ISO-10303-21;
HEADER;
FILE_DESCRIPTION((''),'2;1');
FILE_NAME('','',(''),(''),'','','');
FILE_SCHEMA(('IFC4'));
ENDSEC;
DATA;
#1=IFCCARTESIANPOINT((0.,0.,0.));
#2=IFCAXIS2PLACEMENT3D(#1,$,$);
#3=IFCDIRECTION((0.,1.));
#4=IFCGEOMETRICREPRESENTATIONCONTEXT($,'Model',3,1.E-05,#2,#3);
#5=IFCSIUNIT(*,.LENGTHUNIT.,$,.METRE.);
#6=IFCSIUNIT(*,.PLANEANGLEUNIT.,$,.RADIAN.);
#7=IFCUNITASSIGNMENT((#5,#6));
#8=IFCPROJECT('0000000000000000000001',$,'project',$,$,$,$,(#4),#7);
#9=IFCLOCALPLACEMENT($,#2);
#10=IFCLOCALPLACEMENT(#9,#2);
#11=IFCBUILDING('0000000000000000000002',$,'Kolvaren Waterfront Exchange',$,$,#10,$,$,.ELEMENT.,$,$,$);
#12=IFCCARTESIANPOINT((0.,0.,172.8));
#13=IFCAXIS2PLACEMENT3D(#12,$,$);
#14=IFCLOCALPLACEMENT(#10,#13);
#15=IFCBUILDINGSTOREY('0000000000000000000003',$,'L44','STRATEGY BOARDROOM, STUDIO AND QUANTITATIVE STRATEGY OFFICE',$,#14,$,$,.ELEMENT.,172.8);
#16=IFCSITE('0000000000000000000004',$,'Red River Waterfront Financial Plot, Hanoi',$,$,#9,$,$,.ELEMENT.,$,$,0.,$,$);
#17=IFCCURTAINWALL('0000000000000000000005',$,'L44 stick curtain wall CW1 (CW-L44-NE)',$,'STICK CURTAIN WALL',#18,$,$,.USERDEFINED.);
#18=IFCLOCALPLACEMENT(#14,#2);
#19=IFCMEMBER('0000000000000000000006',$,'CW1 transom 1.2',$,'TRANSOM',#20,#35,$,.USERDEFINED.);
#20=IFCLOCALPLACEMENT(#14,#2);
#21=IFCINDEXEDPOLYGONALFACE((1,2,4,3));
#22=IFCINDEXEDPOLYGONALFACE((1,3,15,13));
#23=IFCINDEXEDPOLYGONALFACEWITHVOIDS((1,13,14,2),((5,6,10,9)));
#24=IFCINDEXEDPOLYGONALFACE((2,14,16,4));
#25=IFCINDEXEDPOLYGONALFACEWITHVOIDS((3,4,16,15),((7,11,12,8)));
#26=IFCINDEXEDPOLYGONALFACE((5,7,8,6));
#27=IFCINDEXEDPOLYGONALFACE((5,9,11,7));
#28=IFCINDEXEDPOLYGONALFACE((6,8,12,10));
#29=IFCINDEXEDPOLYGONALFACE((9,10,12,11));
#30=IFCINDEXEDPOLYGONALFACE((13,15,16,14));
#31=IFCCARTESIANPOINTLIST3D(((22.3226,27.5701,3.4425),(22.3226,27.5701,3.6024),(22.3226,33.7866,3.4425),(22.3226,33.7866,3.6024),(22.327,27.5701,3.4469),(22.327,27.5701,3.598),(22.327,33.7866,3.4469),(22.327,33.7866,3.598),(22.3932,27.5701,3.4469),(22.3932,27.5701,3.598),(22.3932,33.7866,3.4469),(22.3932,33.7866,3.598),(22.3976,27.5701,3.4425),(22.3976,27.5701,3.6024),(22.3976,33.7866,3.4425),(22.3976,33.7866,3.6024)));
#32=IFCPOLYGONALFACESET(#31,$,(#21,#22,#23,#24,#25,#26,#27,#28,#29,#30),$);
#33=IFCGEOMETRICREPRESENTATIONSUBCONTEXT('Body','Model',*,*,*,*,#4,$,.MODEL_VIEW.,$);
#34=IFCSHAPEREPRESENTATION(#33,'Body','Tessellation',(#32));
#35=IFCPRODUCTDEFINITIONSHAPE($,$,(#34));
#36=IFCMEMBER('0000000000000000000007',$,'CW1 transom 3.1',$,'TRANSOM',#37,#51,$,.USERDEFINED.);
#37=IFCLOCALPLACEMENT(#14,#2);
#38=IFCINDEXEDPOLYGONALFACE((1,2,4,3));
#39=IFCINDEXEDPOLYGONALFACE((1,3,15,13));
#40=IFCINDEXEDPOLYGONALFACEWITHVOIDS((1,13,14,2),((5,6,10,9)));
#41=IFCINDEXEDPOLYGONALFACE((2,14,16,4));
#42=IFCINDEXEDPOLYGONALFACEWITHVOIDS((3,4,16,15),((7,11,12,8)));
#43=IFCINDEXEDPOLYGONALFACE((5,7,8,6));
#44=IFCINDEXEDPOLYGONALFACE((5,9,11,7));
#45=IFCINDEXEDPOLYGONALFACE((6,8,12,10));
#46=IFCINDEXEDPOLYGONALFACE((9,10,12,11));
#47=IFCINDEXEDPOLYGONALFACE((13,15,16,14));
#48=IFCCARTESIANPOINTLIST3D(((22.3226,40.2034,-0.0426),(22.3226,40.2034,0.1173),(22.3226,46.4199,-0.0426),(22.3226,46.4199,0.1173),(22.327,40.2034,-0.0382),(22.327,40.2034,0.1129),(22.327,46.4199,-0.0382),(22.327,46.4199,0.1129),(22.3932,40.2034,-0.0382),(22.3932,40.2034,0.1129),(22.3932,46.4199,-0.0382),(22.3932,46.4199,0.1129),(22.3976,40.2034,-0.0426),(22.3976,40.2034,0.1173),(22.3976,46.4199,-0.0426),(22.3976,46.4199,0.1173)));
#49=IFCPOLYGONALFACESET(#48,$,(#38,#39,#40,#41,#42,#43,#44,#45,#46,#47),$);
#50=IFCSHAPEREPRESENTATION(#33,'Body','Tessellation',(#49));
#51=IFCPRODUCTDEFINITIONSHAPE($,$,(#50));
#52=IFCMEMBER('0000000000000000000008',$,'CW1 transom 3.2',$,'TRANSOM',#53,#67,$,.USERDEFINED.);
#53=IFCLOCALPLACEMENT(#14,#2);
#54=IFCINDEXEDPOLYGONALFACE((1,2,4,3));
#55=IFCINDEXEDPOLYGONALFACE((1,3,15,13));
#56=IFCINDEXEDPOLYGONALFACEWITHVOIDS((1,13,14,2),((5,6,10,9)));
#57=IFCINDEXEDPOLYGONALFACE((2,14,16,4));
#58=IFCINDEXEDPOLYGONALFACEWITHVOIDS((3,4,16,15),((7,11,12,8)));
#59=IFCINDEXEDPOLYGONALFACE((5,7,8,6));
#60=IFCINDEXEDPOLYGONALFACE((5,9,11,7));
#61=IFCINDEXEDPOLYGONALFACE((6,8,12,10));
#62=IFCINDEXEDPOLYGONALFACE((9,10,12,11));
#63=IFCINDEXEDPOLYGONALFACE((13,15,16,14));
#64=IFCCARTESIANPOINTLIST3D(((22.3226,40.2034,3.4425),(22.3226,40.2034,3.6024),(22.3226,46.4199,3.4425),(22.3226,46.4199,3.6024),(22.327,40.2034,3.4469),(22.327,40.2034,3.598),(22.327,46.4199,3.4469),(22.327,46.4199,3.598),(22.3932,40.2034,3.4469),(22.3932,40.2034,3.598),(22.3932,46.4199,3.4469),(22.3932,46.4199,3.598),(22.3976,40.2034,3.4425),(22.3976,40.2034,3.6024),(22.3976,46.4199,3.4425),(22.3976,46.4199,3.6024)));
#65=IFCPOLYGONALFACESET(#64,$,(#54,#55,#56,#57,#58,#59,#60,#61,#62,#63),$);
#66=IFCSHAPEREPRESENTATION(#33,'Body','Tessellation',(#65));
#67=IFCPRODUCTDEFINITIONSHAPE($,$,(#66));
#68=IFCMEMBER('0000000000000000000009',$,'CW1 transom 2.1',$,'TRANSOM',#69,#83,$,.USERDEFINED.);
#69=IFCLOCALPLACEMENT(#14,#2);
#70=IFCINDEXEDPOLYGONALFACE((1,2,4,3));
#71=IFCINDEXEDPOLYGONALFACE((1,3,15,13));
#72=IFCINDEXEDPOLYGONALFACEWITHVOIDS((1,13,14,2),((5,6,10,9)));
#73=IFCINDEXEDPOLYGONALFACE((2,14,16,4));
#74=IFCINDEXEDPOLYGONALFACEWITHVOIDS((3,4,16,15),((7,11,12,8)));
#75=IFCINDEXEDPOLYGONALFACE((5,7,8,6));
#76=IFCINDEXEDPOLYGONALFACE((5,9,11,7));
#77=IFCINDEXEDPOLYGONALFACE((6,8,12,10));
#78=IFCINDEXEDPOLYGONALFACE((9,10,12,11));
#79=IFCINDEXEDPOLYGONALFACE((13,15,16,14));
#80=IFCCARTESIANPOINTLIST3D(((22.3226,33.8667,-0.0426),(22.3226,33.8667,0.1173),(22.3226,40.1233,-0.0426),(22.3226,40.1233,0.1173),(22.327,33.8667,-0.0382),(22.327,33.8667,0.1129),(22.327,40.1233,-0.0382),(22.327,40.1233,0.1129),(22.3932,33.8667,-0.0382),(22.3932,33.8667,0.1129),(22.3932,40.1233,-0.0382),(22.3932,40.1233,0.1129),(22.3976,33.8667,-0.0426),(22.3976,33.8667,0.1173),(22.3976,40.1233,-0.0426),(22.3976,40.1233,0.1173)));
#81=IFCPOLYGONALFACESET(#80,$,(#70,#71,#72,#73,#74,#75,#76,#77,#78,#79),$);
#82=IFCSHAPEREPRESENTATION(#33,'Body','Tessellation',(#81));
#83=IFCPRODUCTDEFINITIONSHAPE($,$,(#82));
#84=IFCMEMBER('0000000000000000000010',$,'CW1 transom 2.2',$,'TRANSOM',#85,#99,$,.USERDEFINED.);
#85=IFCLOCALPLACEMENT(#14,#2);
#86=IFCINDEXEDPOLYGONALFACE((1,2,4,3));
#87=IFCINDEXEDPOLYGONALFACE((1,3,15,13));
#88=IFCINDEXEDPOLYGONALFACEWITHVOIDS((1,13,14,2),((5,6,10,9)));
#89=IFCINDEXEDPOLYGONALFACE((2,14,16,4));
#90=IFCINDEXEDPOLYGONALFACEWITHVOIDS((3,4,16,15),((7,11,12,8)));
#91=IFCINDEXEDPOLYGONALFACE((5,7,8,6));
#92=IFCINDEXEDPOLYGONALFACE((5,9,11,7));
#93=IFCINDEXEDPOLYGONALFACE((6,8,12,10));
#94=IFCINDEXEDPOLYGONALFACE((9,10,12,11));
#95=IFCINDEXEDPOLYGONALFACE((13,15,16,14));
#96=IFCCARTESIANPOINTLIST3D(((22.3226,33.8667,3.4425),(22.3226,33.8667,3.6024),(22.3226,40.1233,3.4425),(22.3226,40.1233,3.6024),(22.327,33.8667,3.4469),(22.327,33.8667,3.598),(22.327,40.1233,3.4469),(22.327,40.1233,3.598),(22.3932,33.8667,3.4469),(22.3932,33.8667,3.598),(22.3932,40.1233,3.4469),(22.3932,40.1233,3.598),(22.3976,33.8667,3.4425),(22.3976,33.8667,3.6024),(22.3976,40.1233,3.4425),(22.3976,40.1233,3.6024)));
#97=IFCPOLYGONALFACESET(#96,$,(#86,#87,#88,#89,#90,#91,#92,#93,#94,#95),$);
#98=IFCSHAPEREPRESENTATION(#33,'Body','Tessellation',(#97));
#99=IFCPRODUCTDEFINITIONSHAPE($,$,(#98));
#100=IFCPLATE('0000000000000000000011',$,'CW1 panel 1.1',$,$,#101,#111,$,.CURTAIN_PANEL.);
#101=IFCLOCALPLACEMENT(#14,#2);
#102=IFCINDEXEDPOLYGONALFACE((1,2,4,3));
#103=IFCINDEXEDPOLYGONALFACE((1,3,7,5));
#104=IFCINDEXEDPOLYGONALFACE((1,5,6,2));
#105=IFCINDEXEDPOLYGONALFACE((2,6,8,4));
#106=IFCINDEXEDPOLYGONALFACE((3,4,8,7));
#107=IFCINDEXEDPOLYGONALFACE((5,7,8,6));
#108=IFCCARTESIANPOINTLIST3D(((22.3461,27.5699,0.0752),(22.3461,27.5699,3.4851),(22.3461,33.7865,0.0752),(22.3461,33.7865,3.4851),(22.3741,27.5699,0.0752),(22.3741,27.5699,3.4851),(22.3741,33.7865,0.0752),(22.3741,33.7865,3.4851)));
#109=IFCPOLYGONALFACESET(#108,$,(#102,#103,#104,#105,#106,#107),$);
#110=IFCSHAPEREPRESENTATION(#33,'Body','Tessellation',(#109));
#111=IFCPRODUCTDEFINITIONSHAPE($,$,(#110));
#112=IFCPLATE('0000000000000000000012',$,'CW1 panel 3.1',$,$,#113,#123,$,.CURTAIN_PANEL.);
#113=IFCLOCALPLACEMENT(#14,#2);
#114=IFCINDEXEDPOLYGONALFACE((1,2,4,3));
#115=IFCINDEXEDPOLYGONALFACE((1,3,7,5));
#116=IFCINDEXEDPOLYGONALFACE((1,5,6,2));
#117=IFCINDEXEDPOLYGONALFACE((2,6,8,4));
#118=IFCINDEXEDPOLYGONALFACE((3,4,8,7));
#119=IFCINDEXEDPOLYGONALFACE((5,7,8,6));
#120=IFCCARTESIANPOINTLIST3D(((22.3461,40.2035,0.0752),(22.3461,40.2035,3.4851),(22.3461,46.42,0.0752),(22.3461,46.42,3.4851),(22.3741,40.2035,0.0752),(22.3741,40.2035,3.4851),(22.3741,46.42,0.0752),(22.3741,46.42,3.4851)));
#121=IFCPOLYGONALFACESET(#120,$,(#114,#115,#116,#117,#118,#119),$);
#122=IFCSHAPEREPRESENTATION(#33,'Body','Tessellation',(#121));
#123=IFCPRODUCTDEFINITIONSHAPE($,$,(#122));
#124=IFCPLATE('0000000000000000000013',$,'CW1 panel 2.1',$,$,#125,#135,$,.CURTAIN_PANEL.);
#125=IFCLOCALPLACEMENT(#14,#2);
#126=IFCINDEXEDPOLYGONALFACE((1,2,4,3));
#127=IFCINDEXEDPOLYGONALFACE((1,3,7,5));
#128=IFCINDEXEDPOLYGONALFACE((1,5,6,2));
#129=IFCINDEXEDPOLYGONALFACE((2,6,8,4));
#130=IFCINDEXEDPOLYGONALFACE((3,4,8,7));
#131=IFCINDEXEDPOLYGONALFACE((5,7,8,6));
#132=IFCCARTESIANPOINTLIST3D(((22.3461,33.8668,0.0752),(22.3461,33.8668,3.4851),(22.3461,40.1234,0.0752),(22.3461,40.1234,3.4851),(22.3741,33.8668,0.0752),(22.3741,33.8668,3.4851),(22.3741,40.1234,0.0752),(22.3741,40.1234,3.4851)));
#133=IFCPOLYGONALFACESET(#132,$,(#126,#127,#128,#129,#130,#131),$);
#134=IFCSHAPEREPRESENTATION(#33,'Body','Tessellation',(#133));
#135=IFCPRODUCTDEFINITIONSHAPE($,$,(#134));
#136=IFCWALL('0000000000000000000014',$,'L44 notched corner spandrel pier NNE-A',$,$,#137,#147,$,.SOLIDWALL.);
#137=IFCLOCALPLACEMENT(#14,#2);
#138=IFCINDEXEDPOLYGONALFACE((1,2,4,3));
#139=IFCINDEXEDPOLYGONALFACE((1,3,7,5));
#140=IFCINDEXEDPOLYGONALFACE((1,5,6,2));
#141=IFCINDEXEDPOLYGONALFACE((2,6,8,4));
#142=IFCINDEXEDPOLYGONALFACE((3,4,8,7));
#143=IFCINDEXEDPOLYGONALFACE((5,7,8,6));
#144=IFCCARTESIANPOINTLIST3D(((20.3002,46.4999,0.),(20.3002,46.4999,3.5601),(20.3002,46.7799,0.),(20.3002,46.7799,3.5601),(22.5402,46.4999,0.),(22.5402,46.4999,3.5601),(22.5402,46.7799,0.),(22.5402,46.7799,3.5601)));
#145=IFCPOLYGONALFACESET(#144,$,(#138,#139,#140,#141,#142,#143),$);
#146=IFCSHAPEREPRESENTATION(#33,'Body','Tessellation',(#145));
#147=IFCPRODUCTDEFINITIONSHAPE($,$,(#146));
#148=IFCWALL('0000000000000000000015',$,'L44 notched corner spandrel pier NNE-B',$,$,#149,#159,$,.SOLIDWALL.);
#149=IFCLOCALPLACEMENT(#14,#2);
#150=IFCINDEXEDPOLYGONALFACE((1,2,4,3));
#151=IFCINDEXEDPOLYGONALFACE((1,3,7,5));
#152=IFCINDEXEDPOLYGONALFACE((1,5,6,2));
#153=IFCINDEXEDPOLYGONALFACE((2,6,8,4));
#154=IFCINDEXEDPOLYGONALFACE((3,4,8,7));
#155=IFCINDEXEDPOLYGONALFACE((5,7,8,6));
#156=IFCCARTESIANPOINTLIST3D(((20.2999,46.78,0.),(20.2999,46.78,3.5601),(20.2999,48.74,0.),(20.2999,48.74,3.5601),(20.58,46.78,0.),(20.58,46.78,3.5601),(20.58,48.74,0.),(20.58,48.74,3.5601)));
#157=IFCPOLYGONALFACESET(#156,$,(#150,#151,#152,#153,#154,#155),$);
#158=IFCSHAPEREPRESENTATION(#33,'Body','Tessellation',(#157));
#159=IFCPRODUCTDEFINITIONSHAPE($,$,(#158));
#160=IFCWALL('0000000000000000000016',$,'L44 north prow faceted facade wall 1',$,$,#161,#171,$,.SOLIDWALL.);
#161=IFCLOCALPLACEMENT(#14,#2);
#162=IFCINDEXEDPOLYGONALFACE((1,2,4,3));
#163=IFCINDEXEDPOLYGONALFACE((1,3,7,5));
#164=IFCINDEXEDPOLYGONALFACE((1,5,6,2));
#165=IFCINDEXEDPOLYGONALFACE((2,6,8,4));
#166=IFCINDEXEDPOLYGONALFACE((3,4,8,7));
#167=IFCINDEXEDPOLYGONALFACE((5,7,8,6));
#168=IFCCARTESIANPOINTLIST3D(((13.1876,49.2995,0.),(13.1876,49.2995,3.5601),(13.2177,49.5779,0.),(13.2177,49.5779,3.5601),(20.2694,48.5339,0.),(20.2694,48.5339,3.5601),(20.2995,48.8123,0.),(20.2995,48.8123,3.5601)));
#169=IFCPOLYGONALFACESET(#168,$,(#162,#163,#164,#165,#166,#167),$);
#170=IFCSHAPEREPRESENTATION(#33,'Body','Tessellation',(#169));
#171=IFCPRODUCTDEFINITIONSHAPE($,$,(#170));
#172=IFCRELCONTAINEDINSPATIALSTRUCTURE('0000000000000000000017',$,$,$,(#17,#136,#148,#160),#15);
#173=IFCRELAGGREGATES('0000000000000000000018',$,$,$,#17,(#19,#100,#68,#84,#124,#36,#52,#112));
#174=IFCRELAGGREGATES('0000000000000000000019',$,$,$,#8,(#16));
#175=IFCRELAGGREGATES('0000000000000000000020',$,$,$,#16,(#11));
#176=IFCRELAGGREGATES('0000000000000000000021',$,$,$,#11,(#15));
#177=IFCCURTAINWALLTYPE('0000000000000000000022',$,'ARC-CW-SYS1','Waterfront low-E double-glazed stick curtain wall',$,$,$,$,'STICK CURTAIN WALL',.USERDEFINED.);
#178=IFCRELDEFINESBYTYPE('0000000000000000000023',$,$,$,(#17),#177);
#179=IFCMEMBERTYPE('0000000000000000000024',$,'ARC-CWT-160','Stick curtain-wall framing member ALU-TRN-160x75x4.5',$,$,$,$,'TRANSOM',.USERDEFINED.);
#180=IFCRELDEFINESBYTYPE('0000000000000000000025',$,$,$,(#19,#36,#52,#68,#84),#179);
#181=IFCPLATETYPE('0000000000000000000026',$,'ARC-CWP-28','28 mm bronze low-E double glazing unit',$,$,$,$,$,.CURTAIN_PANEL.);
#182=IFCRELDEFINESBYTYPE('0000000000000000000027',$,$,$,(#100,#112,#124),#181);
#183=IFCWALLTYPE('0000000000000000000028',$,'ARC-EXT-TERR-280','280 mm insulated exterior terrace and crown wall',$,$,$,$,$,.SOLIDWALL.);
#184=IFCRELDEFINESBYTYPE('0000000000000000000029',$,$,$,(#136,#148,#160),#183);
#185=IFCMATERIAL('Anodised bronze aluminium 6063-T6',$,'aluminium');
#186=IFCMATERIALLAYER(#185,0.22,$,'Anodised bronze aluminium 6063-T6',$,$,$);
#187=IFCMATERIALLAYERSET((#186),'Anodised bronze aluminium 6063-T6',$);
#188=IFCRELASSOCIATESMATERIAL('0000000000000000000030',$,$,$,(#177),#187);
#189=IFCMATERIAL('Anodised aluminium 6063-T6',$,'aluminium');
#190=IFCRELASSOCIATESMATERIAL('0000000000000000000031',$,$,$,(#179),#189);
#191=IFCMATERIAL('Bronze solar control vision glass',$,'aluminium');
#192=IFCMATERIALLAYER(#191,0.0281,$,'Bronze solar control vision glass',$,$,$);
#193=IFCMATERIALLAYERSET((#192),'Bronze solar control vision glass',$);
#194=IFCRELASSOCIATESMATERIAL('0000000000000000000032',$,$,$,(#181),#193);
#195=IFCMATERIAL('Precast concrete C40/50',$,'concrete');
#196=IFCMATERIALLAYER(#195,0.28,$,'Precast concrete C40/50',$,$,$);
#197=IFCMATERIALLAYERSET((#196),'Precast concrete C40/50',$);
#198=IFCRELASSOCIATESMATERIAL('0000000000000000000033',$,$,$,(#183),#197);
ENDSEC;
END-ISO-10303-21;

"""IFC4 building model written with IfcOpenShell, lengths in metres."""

from ifc_helpers import new_model, si_unit, direction, frame, frame_2d, origin, origin_with_axes, origin_2d, place, context, subcontext, project, spatial, rectangle, hollow_rectangle, extrude, source, transform, mapped, material, layer, layer_set, material_profile, profile_set, type_object, element, aggregate, save


model = new_model("IFC4")

# Units and contexts
model_context = context("Model", 3, precision=1e-05, world=origin(), true_north=direction((0.0, 1.0)))
body_context = subcontext(model_context, "Body", "Model", "MODEL_VIEW")
ifc_project = project(units=[si_unit("LENGTHUNIT", "METRE"), si_unit("PLANEANGLEUNIT", "RADIAN")], contexts=[model_context])

# Site, building, storey
site_placement = place(None, origin())
site = spatial("IfcSite", under=ifc_project, at=site_placement, Name="Red River Waterfront Financial Plot, Hanoi", CompositionType="ELEMENT", RefElevation=0.0)
building_placement = place(site_placement, origin())
building = spatial("IfcBuilding", under=site, at=building_placement, Name="Kolvaren Waterfront Exchange", CompositionType="ELEMENT")
storey_placement = place(building_placement, frame((0.0, 0.0, 172.8)))
storey = spatial("IfcBuildingStorey", under=building, at=storey_placement, Name="L44", Description="STRATEGY BOARDROOM, STUDIO AND QUANTITATIVE STRATEGY OFFICE", CompositionType="ELEMENT", Elevation=172.8)

# Curtain wall, members, plates
ifc_material_1 = material(Name="Anodised bronze aluminium 6063-T6", Category="aluminium")
ifc_layer_1 = layer(ifc_material_1, 0.22, Name="Anodised bronze aluminium 6063-T6")
ifc_layer_set_1 = layer_set([ifc_layer_1], Name="Anodised bronze aluminium 6063-T6")
curtain_wall_type = type_object("IfcCurtainWallType", Name="ARC-CW-SYS1", Description="Waterfront low-E double-glazed stick curtain wall", ElementType="STICK CURTAIN WALL", PredefinedType="USERDEFINED", material=ifc_layer_set_1)
curtain_wall_placement = place(storey_placement, origin())
curtain_wall = element("IfcCurtainWall", 1, at=curtain_wall_placement, inside=storey, type_object=curtain_wall_type, Name="L44 stick curtain wall CW1 (CW-L44-NE)", ObjectType="STICK CURTAIN WALL", PredefinedType="USERDEFINED")
ifc_material_2 = material(Name="Anodised aluminium 6063-T6", Category="aluminium")
ifc_material_profile_1 = material_profile(ifc_material_2, hollow_rectangle(XDim=0.075, YDim=0.1599, WallThickness=0.0044, at=origin_2d()), Name="ALU-TRN-160x75x4.5")
ifc_profile_set_1 = profile_set([ifc_material_profile_1], Name="Anodised aluminium 6063-T6")
member_type_1 = type_object("IfcMemberType", Name="ARC-CWT-160", Description="Stick curtain-wall framing member ALU-TRN-160x75x4.5", ElementType="TRANSOM", PredefinedType="USERDEFINED", material=ifc_profile_set_1)
shared_shape_1 = source(origin_with_axes(), body_context, "Body", "SweptSolid", [
    extrude(hollow_rectangle(XDim=0.075, YDim=0.1599, WallThickness=0.0044, at=origin_2d()), origin(), (0.0, 0.0, 1.0), 6.2166),
])
member_1_placement = place(storey_placement, frame((22.3601, 27.5701, 3.5225), z_axis=(0.0, 1.0, 0.0), x_axis=(-1.0, 0.0, 0.0)))
member_1 = element("IfcMember", 2, at=member_1_placement, type_object=member_type_1, Name="CW1 transom 1.2", ObjectType="TRANSOM", PredefinedType="USERDEFINED", context=body_context, shape_type="MappedRepresentation", body=[
    mapped(shared_shape_1, transform((0.0, 0.0, 0.0), x_axis=(1.0, 0.0, 0.0), y_axis=(0.0, 1.0, 0.0), z_axis=(0.0, 0.0, 1.0), scale=1.0)),
])
member_2_placement = place(storey_placement, frame((22.3601, 40.2034, 0.0374), z_axis=(0.0, 1.0, 0.0), x_axis=(-1.0, 0.0, 0.0)))
member_2 = element("IfcMember", 3, at=member_2_placement, type_object=member_type_1, Name="CW1 transom 3.1", ObjectType="TRANSOM", PredefinedType="USERDEFINED", context=body_context, shape_type="MappedRepresentation", body=[
    mapped(shared_shape_1, transform((0.0, 0.0, 0.0), x_axis=(1.0, 0.0, 0.0), y_axis=(0.0, 1.0, 0.0), z_axis=(0.0, 0.0, 1.0), scale=1.0)),
])
member_3_placement = place(storey_placement, frame((22.3601, 40.2034, 3.5225), z_axis=(0.0, 1.0, 0.0), x_axis=(-1.0, 0.0, 0.0)))
member_3 = element("IfcMember", 4, at=member_3_placement, type_object=member_type_1, Name="CW1 transom 3.2", ObjectType="TRANSOM", PredefinedType="USERDEFINED", context=body_context, shape_type="MappedRepresentation", body=[
    mapped(shared_shape_1, transform((0.0, 0.0, 0.0), x_axis=(1.0, 0.0, 0.0), y_axis=(0.0, 1.0, 0.0), z_axis=(0.0, 0.0, 1.0), scale=1.0)),
])
shared_shape_2 = source(origin_with_axes(), body_context, "Body", "SweptSolid", [
    extrude(hollow_rectangle(XDim=0.075, YDim=0.1599, WallThickness=0.0044, at=origin_2d()), origin(), (0.0, 0.0, 1.0), 6.2566),
])
member_4_placement = place(storey_placement, frame((22.3601, 33.8667, 0.0374), z_axis=(0.0, 1.0, 0.0), x_axis=(-1.0, 0.0, 0.0)))
member_4 = element("IfcMember", 5, at=member_4_placement, type_object=member_type_1, Name="CW1 transom 2.1", ObjectType="TRANSOM", PredefinedType="USERDEFINED", context=body_context, shape_type="MappedRepresentation", body=[
    mapped(shared_shape_2, transform((0.0, 0.0, 0.0), x_axis=(1.0, 0.0, 0.0), y_axis=(0.0, 1.0, 0.0), z_axis=(0.0, 0.0, 1.0), scale=1.0)),
])
member_5_placement = place(storey_placement, frame((22.3601, 33.8667, 3.5225), z_axis=(0.0, 1.0, 0.0), x_axis=(-1.0, 0.0, 0.0)))
member_5 = element("IfcMember", 6, at=member_5_placement, type_object=member_type_1, Name="CW1 transom 2.2", ObjectType="TRANSOM", PredefinedType="USERDEFINED", context=body_context, shape_type="MappedRepresentation", body=[
    mapped(shared_shape_2, transform((0.0, 0.0, 0.0), x_axis=(1.0, 0.0, 0.0), y_axis=(0.0, 1.0, 0.0), z_axis=(0.0, 0.0, 1.0), scale=1.0)),
])
ifc_material_3 = material(Name="Bronze solar control vision glass", Category="aluminium")
ifc_layer_2 = layer(ifc_material_3, 0.0281, Name="Bronze solar control vision glass")
ifc_layer_set_2 = layer_set([ifc_layer_2], Name="Bronze solar control vision glass")
plate_type = type_object("IfcPlateType", Name="ARC-CWP-28", Description="28 mm bronze low-E double glazing unit", PredefinedType="CURTAIN_PANEL", material=ifc_layer_set_2)
shared_shape_3 = source(origin_with_axes(), body_context, "Body", "SweptSolid", [
    extrude(rectangle(XDim=6.2166, YDim=0.0281, at=origin_2d()), origin(), (0.0, 0.0, 1.0), 3.4099),
])
plate_1_placement = place(storey_placement, frame((22.3601, 30.6782, 0.0752), z_axis=(0.0, 0.0, 1.0), x_axis=(0.0, 1.0, 0.0)))
plate_1 = element("IfcPlate", 7, at=plate_1_placement, type_object=plate_type, Name="CW1 panel 1.1", PredefinedType="CURTAIN_PANEL", context=body_context, shape_type="MappedRepresentation", body=[
    mapped(shared_shape_3, transform((0.0, 0.0, 0.0), x_axis=(1.0, 0.0, 0.0), y_axis=(0.0, 1.0, 0.0), z_axis=(0.0, 0.0, 1.0), scale=1.0)),
])
plate_2_placement = place(storey_placement, frame((22.3601, 43.3118, 0.0752), z_axis=(0.0, 0.0, 1.0), x_axis=(0.0, 1.0, 0.0)))
plate_2 = element("IfcPlate", 8, at=plate_2_placement, type_object=plate_type, Name="CW1 panel 3.1", PredefinedType="CURTAIN_PANEL", context=body_context, shape_type="MappedRepresentation", body=[
    mapped(shared_shape_3, transform((0.0, 0.0, 0.0), x_axis=(1.0, 0.0, 0.0), y_axis=(0.0, 1.0, 0.0), z_axis=(0.0, 0.0, 1.0), scale=1.0)),
])
shared_shape_4 = source(origin_with_axes(), body_context, "Body", "SweptSolid", [
    extrude(rectangle(XDim=6.2566, YDim=0.0281, at=origin_2d()), origin(), (0.0, 0.0, 1.0), 3.4099),
])
plate_3_placement = place(storey_placement, frame((22.3601, 36.9951, 0.0752), z_axis=(0.0, 0.0, 1.0), x_axis=(0.0, 1.0, 0.0)))
plate_3 = element("IfcPlate", 9, at=plate_3_placement, type_object=plate_type, Name="CW1 panel 2.1", PredefinedType="CURTAIN_PANEL", context=body_context, shape_type="MappedRepresentation", body=[
    mapped(shared_shape_4, transform((0.0, 0.0, 0.0), x_axis=(1.0, 0.0, 0.0), y_axis=(0.0, 1.0, 0.0), z_axis=(0.0, 0.0, 1.0), scale=1.0)),
])
aggregate(curtain_wall, [member_1, plate_1, member_4, member_5, plate_3, member_2, member_3, plate_2])

# Walls
ifc_material_4 = material(Name="Precast concrete C40/50", Category="concrete")
ifc_layer_3 = layer(ifc_material_4, 0.28, Name="Precast concrete C40/50")
ifc_layer_set_3 = layer_set([ifc_layer_3], Name="Precast concrete C40/50")
wall_type = type_object("IfcWallType", Name="ARC-EXT-TERR-280", Description="280 mm insulated exterior terrace and crown wall", PredefinedType="SOLIDWALL", material=ifc_layer_set_3)
wall_1_placement = place(storey_placement, frame((20.3, 46.6399, 0.0), z_axis=(0.0, 0.0, 1.0), x_axis=(1.0, 0.0, 0.0)))
element("IfcWall", 10, at=wall_1_placement, inside=storey, type_object=wall_type, Name="L44 notched corner spandrel pier NNE-A", PredefinedType="SOLIDWALL", context=body_context, shape_type="SweptSolid", body=[
    extrude(rectangle(XDim=2.24, YDim=0.28, at=frame_2d((1.1201, 0.0))), origin(), (0.0, 0.0, 1.0), 3.5601),
])
wall_2_placement = place(storey_placement, frame((20.4399, 46.78, 0.0), z_axis=(0.0, 0.0, 1.0), x_axis=(0.0, 1.0, 0.0)))
element("IfcWall", 11, at=wall_2_placement, inside=storey, type_object=wall_type, Name="L44 notched corner spandrel pier NNE-B", PredefinedType="SOLIDWALL", context=body_context, shape_type="SweptSolid", body=[
    extrude(rectangle(XDim=1.96, YDim=0.28, at=frame_2d((0.98, 0.0))), origin(), (0.0, 0.0, 1.0), 3.5601),
])
wall_3_placement = place(storey_placement, frame((20.2844, 48.6731, 0.0), z_axis=(0.0, 0.0, 1.0), x_axis=(-0.994207, 0.107486, 0.0)))
element("IfcWall", 12, at=wall_3_placement, inside=storey, type_object=wall_type, Name="L44 north prow faceted facade wall 1", PredefinedType="SOLIDWALL", context=body_context, shape_type="SweptSolid", body=[
    extrude(rectangle(XDim=7.123, YDim=0.28, at=frame_2d((3.5615, 0.0))), origin(), (0.0, 0.0, 1.0), 3.5601),
])

save(model, "model.ifc")
